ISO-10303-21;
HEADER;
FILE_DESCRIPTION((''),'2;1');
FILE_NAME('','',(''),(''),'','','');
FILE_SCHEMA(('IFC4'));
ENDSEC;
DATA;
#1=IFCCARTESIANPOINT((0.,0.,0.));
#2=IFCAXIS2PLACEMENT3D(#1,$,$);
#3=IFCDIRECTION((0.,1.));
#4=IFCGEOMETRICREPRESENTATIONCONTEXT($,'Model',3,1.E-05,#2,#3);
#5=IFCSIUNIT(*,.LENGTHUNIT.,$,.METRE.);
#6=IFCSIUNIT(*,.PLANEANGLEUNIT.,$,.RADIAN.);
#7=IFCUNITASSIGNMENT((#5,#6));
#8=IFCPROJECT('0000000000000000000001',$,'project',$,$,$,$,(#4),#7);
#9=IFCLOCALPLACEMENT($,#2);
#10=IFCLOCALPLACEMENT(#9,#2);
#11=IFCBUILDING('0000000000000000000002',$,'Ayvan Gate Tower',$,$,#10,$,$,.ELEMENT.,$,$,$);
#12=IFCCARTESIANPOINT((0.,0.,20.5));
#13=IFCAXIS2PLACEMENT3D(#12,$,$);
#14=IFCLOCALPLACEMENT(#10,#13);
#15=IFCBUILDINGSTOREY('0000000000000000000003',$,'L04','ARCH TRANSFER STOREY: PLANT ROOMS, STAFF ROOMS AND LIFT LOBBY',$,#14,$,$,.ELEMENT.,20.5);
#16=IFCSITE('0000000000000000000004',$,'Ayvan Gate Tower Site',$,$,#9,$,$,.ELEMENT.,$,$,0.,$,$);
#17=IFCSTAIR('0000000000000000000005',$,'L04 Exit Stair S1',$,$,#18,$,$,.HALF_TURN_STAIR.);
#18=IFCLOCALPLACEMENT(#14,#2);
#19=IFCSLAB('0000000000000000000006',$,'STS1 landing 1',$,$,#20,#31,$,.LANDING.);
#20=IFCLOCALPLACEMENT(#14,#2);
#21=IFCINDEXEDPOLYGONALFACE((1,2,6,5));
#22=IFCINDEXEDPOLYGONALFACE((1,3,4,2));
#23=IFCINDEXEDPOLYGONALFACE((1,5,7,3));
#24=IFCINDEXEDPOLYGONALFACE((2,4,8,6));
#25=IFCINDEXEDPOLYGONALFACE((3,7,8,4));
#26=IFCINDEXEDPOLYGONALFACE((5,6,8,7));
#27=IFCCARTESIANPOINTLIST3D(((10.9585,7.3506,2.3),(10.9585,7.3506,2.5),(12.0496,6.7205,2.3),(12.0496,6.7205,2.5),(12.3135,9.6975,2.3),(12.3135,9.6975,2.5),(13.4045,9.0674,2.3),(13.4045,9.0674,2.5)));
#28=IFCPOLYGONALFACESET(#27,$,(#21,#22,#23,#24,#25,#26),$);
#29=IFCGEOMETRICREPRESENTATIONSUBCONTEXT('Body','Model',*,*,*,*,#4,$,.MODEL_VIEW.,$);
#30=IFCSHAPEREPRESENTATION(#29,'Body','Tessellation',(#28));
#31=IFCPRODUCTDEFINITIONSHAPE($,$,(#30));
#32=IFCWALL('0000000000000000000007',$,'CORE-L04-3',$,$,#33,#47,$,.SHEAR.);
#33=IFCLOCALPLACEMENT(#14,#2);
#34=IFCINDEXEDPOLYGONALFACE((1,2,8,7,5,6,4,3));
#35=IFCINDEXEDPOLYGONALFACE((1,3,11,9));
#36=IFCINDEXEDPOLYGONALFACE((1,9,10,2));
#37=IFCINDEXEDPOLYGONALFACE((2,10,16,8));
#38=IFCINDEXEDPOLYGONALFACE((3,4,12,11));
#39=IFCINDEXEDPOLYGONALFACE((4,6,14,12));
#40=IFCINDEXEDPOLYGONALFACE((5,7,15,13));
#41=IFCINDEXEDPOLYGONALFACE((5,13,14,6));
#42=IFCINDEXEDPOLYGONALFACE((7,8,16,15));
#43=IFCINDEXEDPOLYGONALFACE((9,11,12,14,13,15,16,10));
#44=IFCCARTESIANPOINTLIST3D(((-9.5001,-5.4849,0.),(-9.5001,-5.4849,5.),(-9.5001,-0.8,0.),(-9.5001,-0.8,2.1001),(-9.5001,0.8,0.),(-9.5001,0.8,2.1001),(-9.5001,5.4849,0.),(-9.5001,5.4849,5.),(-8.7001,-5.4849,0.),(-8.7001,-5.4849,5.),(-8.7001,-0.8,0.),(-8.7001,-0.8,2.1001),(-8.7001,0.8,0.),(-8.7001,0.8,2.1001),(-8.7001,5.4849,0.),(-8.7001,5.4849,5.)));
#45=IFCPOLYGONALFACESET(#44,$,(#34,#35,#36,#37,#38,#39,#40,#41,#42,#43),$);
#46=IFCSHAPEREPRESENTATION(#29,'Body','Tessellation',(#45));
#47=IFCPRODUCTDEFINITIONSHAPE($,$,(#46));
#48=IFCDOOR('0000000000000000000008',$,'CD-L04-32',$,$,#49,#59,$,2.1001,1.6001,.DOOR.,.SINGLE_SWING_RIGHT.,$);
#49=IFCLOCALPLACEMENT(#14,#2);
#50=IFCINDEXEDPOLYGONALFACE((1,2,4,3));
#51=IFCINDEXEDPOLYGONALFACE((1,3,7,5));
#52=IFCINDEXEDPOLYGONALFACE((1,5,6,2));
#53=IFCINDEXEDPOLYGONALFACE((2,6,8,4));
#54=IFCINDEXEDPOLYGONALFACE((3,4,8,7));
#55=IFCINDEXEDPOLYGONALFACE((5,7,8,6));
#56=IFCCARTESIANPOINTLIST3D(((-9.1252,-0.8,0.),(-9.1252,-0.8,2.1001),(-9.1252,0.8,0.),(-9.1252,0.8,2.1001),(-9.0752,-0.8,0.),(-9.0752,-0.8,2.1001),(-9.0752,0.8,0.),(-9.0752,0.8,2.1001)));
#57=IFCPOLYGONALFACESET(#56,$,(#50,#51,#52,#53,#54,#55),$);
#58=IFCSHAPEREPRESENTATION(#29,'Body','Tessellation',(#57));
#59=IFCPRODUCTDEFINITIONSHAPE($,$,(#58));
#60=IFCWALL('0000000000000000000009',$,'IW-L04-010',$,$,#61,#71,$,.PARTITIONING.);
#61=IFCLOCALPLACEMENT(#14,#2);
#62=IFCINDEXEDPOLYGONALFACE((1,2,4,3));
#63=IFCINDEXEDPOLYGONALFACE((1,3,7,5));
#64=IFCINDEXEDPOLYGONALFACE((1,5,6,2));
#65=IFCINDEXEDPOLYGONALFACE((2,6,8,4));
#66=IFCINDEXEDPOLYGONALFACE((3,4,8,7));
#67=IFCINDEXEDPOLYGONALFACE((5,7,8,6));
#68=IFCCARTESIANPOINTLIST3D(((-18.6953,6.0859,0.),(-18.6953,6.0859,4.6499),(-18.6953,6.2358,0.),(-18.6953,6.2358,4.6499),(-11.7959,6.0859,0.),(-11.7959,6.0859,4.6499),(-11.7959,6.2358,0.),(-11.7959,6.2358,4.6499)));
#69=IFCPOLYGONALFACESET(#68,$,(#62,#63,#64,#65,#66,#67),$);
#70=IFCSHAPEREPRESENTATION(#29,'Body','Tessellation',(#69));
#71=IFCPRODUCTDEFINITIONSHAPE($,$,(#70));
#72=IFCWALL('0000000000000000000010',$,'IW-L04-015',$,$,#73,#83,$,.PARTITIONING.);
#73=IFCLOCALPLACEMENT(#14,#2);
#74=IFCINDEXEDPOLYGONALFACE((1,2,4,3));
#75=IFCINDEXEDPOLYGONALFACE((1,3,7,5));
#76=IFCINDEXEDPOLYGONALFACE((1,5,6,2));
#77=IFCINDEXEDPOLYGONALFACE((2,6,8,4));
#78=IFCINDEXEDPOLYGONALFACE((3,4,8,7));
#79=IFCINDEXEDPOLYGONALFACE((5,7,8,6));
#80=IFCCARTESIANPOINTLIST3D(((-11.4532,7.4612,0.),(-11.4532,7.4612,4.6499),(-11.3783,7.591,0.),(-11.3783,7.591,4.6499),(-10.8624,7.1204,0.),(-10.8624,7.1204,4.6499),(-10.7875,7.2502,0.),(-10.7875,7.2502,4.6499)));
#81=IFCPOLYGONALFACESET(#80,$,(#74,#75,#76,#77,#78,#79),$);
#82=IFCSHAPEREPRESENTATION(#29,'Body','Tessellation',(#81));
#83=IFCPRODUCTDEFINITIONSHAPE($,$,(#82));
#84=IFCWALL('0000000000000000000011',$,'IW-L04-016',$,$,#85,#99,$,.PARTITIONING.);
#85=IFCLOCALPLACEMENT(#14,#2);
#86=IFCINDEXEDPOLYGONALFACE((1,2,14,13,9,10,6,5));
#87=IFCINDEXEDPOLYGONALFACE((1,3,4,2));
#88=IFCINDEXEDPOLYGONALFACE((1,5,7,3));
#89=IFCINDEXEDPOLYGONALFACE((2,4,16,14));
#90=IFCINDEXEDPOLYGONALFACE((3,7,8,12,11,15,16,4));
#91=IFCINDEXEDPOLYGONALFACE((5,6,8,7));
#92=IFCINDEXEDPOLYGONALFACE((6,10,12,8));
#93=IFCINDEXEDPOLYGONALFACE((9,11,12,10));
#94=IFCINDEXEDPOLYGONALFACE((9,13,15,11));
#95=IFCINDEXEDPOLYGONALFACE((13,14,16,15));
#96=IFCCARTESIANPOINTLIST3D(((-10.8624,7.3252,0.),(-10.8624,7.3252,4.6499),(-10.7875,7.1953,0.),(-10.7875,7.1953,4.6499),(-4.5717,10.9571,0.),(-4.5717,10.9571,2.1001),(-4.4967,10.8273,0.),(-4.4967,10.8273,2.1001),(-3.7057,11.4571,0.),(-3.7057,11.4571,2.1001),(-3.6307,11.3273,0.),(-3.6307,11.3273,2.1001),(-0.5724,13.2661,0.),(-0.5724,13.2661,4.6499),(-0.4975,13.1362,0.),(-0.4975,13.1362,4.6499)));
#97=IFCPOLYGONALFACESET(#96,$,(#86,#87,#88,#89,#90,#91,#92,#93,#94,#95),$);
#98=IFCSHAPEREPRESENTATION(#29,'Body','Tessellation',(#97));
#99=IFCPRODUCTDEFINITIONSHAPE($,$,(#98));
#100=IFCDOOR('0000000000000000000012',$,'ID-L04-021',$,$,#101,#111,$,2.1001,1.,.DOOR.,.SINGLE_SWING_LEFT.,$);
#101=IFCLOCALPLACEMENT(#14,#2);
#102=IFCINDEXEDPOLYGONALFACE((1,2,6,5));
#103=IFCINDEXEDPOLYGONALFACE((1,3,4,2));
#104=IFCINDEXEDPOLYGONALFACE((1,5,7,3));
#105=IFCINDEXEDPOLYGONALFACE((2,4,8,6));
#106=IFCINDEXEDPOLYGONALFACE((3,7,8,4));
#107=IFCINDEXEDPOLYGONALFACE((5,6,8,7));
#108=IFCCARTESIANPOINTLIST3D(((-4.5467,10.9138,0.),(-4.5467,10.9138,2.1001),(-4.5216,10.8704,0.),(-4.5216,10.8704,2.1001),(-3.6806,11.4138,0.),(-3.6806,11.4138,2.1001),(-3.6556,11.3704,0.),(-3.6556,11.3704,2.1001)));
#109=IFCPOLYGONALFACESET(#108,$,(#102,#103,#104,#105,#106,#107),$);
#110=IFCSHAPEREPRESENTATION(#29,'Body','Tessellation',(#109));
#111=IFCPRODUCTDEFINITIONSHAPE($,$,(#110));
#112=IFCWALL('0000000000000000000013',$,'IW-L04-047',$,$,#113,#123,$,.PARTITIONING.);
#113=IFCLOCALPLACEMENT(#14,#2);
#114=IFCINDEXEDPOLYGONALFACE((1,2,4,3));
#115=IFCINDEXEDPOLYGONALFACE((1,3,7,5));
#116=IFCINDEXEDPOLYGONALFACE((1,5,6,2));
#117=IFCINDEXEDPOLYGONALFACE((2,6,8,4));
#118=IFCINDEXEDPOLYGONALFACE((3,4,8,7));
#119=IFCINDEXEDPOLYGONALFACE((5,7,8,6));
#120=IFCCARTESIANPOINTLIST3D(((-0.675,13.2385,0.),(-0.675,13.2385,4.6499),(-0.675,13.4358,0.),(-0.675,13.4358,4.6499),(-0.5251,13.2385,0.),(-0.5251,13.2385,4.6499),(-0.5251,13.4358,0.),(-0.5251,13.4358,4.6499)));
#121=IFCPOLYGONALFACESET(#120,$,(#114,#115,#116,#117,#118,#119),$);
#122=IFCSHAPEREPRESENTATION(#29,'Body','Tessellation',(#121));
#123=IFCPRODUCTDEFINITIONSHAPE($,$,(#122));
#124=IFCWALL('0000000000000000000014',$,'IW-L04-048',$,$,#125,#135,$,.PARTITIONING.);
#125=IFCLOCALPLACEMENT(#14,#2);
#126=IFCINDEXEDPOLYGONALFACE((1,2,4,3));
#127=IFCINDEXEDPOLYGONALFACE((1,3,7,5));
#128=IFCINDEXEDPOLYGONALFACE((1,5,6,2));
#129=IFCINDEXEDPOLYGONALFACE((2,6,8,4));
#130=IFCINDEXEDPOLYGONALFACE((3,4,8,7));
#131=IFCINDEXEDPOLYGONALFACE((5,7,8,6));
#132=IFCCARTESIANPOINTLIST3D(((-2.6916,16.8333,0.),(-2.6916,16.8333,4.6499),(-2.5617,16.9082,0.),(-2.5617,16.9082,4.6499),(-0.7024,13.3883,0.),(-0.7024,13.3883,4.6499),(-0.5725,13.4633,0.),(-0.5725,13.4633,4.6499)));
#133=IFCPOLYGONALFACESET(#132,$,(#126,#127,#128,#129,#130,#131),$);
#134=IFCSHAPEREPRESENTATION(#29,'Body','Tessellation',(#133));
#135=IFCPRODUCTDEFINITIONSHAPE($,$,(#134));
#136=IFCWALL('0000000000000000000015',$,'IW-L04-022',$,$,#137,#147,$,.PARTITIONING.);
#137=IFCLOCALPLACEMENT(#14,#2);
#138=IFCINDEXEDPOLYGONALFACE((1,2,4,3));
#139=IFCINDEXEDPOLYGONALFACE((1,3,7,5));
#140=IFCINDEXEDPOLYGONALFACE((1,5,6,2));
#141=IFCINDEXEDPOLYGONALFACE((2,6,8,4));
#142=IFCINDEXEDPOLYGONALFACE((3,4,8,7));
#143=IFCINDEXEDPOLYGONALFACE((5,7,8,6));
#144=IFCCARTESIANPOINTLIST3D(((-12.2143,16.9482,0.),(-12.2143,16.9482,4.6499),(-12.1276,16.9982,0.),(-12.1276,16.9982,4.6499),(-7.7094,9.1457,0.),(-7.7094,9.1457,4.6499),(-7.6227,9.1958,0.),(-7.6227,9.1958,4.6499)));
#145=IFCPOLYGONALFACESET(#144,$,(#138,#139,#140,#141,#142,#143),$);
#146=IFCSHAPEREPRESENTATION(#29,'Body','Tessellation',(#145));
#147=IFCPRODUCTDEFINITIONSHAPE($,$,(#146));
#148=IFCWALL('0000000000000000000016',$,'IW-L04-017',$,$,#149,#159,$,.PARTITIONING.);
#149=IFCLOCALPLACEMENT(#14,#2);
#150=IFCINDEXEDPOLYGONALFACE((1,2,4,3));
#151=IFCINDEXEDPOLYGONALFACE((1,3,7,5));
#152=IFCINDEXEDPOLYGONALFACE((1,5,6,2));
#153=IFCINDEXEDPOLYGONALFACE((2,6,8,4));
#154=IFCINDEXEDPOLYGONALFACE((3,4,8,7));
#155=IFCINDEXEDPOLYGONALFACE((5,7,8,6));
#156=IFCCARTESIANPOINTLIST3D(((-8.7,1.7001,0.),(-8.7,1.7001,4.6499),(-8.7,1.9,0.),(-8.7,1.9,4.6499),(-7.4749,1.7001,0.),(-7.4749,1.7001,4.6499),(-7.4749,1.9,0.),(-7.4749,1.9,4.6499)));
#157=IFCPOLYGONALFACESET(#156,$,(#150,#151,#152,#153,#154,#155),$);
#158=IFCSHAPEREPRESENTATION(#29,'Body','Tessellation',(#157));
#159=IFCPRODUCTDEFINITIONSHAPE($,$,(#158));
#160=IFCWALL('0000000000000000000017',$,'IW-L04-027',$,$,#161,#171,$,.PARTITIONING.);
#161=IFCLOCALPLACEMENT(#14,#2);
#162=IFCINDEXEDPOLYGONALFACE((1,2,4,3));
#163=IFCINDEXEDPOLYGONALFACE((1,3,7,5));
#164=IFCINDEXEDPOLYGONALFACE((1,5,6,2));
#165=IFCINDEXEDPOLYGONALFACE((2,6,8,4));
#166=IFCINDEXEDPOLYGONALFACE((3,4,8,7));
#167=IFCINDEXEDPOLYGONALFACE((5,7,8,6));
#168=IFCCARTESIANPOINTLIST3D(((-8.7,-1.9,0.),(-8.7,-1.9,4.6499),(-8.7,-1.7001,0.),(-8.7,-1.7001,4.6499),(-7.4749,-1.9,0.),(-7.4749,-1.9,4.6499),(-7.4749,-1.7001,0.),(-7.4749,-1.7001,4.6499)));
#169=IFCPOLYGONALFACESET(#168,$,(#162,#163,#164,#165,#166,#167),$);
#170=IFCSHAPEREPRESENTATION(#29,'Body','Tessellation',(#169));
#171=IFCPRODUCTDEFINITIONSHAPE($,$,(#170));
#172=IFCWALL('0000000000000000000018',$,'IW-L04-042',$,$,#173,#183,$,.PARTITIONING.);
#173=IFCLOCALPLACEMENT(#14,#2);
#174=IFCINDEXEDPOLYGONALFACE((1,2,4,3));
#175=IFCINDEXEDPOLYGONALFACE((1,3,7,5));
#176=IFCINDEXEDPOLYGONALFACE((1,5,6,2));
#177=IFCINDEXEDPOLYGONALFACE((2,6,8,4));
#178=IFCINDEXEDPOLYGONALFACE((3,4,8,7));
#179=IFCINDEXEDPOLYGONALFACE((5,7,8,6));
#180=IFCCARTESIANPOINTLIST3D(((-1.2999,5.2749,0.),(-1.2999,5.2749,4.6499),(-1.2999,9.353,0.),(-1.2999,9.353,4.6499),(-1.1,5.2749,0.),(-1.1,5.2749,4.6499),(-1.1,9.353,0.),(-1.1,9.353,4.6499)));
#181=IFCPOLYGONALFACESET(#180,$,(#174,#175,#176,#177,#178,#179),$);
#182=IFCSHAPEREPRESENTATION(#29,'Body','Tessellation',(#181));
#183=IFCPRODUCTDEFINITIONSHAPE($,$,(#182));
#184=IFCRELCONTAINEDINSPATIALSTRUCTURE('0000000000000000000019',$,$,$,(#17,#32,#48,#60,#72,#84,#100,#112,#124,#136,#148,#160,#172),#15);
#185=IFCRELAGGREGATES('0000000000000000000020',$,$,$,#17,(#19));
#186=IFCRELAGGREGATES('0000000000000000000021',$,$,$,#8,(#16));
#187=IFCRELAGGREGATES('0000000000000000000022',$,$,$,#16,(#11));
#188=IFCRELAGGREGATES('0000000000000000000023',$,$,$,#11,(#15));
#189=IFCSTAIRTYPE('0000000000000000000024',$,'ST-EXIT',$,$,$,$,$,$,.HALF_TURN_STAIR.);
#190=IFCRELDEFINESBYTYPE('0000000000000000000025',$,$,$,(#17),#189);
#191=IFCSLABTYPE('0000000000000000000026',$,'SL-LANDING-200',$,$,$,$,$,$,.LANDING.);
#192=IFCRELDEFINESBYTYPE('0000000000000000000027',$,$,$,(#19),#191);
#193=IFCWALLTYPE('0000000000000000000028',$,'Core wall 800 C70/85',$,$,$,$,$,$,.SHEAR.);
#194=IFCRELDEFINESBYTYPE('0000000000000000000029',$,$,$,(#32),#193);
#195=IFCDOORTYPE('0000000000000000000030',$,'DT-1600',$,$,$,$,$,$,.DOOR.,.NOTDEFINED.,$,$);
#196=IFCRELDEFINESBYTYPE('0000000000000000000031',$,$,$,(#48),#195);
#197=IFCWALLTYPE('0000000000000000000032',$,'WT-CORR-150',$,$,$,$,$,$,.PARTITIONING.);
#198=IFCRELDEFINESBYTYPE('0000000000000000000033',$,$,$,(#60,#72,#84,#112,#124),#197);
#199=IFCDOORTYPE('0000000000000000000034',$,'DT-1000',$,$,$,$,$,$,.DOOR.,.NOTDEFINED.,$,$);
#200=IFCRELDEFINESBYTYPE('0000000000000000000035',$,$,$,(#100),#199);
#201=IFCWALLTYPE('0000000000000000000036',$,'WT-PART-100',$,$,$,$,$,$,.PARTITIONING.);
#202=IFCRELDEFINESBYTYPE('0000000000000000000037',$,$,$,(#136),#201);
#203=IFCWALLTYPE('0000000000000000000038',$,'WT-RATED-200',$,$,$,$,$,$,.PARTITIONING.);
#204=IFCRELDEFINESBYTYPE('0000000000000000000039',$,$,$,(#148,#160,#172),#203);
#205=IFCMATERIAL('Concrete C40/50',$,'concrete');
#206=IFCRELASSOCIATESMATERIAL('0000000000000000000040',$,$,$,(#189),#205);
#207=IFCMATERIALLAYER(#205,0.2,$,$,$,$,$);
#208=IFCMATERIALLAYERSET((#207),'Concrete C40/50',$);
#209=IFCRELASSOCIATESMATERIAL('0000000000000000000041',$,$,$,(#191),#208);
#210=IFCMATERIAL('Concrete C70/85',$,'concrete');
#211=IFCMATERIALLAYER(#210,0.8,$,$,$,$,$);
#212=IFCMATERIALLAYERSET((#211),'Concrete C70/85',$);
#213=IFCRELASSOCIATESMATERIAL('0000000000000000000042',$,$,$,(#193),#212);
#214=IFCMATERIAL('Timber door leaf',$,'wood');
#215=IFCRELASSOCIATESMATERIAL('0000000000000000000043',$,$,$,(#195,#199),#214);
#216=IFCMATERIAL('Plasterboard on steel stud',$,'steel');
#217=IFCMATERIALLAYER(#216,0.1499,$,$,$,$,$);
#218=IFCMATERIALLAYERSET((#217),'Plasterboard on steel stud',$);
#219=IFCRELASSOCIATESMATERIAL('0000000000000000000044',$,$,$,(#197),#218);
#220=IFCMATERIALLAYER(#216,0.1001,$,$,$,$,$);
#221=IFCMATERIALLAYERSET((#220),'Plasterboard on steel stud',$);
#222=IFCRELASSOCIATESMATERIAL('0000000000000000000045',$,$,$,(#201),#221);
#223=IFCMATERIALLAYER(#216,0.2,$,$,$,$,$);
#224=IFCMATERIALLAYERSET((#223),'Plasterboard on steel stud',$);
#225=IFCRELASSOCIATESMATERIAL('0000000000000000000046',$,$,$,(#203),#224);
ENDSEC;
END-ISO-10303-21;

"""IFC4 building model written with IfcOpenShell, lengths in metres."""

from ifc_helpers import new_model, si_unit, direction, frame, frame_2d, origin, place, context, subcontext, project, spatial, polyline, rectangle, outline, extrude, material, layer, layer_set, type_object, element, fill, aggregate, save


model = new_model("IFC4")

# Units and contexts
model_context = context("Model", 3, precision=1e-05, world=origin(), true_north=direction((0.0, 1.0)))
body_context = subcontext(model_context, "Body", "Model", "MODEL_VIEW")
ifc_project = project(units=[si_unit("LENGTHUNIT", "METRE"), si_unit("PLANEANGLEUNIT", "RADIAN")], contexts=[model_context])

# Site, building, storey
site_placement = place(None, origin())
site = spatial("IfcSite", under=ifc_project, at=site_placement, Name="Ayvan Gate Tower Site", CompositionType="ELEMENT", RefElevation=0.0)
building_placement = place(site_placement, origin())
building = spatial("IfcBuilding", under=site, at=building_placement, Name="Ayvan Gate Tower", CompositionType="ELEMENT")
storey_placement = place(building_placement, frame((0.0, 0.0, 20.5)))
storey = spatial("IfcBuildingStorey", under=building, at=storey_placement, Name="L04", Description="ARCH TRANSFER STOREY: PLANT ROOMS, STAFF ROOMS AND LIFT LOBBY", CompositionType="ELEMENT", Elevation=20.5)

# Shared definitions
ifc_material_1 = material(Name="Concrete C40/50", Category="concrete")

# Stair, slab
stair_type = type_object("IfcStairType", Name="ST-EXIT", PredefinedType="HALF_TURN_STAIR", material=ifc_material_1)
stair_placement = place(storey_placement, origin())
stair = element("IfcStair", 1, at=stair_placement, inside=storey, type_object=stair_type, Name="L04 Exit Stair S1", PredefinedType="HALF_TURN_STAIR")
ifc_layer_1 = layer(ifc_material_1, 0.2)
ifc_layer_set_1 = layer_set([ifc_layer_1], Name="Concrete C40/50")
slab_type_1 = type_object("IfcSlabType", Name="SL-LANDING-200", PredefinedType="LANDING", material=ifc_layer_set_1)
slab_1_placement = place(storey_placement, frame((0.0, 0.0, 2.3)))
slab_1 = element("IfcSlab", 2, at=slab_1_placement, type_object=slab_type_1, Name="STS1 landing 1", PredefinedType="LANDING", context=body_context, shape_type="SweptSolid", body=[
    extrude(outline(polyline([(10.9585, 7.3506), (12.0496, 6.7205), (13.4045, 9.0674), (12.3135, 9.6975), (10.9585, 7.3506)])), origin(), (0.0, 0.0, 1.0), 0.2),
])
aggregate(stair, [slab_1])

# Wall, opening, door
ifc_material_2 = material(Name="Concrete C70/85", Category="concrete")
ifc_layer_2 = layer(ifc_material_2, 0.8)
ifc_layer_set_2 = layer_set([ifc_layer_2], Name="Concrete C70/85")
wall_type_1 = type_object("IfcWallType", Name="Core wall 800 C70/85", PredefinedType="SHEAR", material=ifc_layer_set_2)
wall_1_placement = place(storey_placement, frame((-9.1001, 5.4849, 0.0), z_axis=(0.0, 0.0, 1.0), x_axis=(0.0, -1.0, 0.0)))
wall_1 = element("IfcWall", 3, at=wall_1_placement, inside=storey, type_object=wall_type_1, Name="CORE-L04-3", PredefinedType="SHEAR", context=body_context, shape_type="SweptSolid", body=[
    extrude(rectangle(XDim=10.9697, YDim=0.8, at=frame_2d((5.4849, 0.0))), origin(), (0.0, 0.0, 1.0), 5.0),
])
opening_1_placement = place(wall_1_placement, frame((4.6848, 0.0, 0.0)))
opening_1 = element("IfcOpeningElement", 4, at=opening_1_placement, cuts=wall_1, PredefinedType="OPENING", context=body_context, shape_type="SweptSolid", body=[
    extrude(rectangle(XDim=1.6001, YDim=2.1001, at=frame_2d((0.8, 1.05))), frame((0.0, 0.4099, 0.0), z_axis=(0.0, -1.0, 0.0), x_axis=(1.0, 0.0, 0.0)), (0.0, 0.0, 1.0), 0.8201),
])
ifc_material_3 = material(Name="Timber door leaf", Category="wood")
door_type_1 = type_object("IfcDoorType", Name="DT-1600", OperationType="NOTDEFINED", PredefinedType="DOOR", material=ifc_material_3)
door_1_placement = place(opening_1_placement, origin())
door_1 = element("IfcDoor", 5, at=door_1_placement, inside=storey, type_object=door_type_1, Name="CD-L04-32", OperationType="SINGLE_SWING_RIGHT", OverallHeight=2.1001, OverallWidth=1.6001, PredefinedType="DOOR", context=body_context, shape_type="SweptSolid", body=[
    extrude(rectangle(XDim=1.6001, YDim=2.1001, at=frame_2d((0.8, 1.05))), frame((0.0, 0.0249, 0.0), z_axis=(0.0, -1.0, 0.0), x_axis=(1.0, 0.0, 0.0)), (0.0, 0.0, 1.0), 0.05),
])
fill(opening_1, door_1)

# Walls
ifc_material_4 = material(Name="Plasterboard on steel stud", Category="steel")
ifc_layer_3 = layer(ifc_material_4, 0.1499)
ifc_layer_set_3 = layer_set([ifc_layer_3], Name="Plasterboard on steel stud")
wall_type_2 = type_object("IfcWallType", Name="WT-CORR-150", PredefinedType="PARTITIONING", material=ifc_layer_set_3)
wall_2_placement = place(storey_placement, frame((-11.7959, 6.1609, 0.0), z_axis=(0.0, 0.0, 1.0), x_axis=(-1.0, 0.0, 0.0)))
element("IfcWall", 6, at=wall_2_placement, inside=storey, type_object=wall_type_2, Name="IW-L04-010", PredefinedType="PARTITIONING", context=body_context, shape_type="SweptSolid", body=[
    extrude(rectangle(XDim=6.8994, YDim=0.1499, at=frame_2d((3.4497, 0.0))), origin(), (0.0, 0.0, 1.0), 4.6499),
])
wall_3_placement = place(storey_placement, frame((-11.4158, 7.5261, 0.0), z_axis=(0.0, 0.0, 1.0), x_axis=(0.866209, -0.499681, 0.0)))
element("IfcWall", 7, at=wall_3_placement, inside=storey, type_object=wall_type_2, Name="IW-L04-015", PredefinedType="PARTITIONING", context=body_context, shape_type="SweptSolid", body=[
    extrude(rectangle(XDim=0.6821, YDim=0.1499, at=frame_2d((0.3411, 0.0))), origin(), (0.0, 0.0, 1.0), 4.6499),
])

# Wall, opening, door
wall_4_placement = place(storey_placement, frame((-10.825, 7.2603, 0.0), z_axis=(0.0, 0.0, 1.0), x_axis=(0.866027, 0.499998, 0.0)))
wall_4 = element("IfcWall", 8, at=wall_4_placement, inside=storey, type_object=wall_type_2, Name="IW-L04-016", PredefinedType="PARTITIONING", context=body_context, shape_type="SweptSolid", body=[
    extrude(rectangle(XDim=11.8818, YDim=0.1499, at=frame_2d((5.9409, 0.0))), origin(), (0.0, 0.0, 1.0), 4.6499),
])
opening_2_placement = place(wall_4_placement, frame((7.2639, 0.0, 0.0)))
opening_2 = element("IfcOpeningElement", 9, at=opening_2_placement, cuts=wall_4, PredefinedType="OPENING", context=body_context, shape_type="SweptSolid", body=[
    extrude(rectangle(XDim=1.0, YDim=2.1001, at=frame_2d((0.5, 1.05))), frame((0.0, 0.085, 0.0), z_axis=(0.0, -1.0, 0.0), x_axis=(1.0, 0.0, 0.0)), (0.0, 0.0, 1.0), 0.1699),
])
door_type_2 = type_object("IfcDoorType", Name="DT-1000", OperationType="NOTDEFINED", PredefinedType="DOOR", material=ifc_material_3)
door_2_placement = place(opening_2_placement, origin())
door_2 = element("IfcDoor", 10, at=door_2_placement, inside=storey, type_object=door_type_2, Name="ID-L04-021", OperationType="SINGLE_SWING_LEFT", OverallHeight=2.1001, OverallWidth=1.0, PredefinedType="DOOR", context=body_context, shape_type="SweptSolid", body=[
    extrude(rectangle(XDim=1.0, YDim=2.1001, at=frame_2d((0.5, 1.05))), frame((0.0, 0.0249, 0.0), z_axis=(0.0, -1.0, 0.0), x_axis=(1.0, 0.0, 0.0)), (0.0, 0.0, 1.0), 0.05),
])
fill(opening_2, door_2)

# Walls
wall_5_placement = place(storey_placement, frame((-0.6001, 13.2385, 0.0), z_axis=(0.0, 0.0, 1.0), x_axis=(0.0, 1.0, 0.0)))
element("IfcWall", 11, at=wall_5_placement, inside=storey, type_object=wall_type_2, Name="IW-L04-047", PredefinedType="PARTITIONING", context=body_context, shape_type="SweptSolid", body=[
    extrude(rectangle(XDim=0.1973, YDim=0.1499, at=frame_2d((0.0986, 0.0))), origin(), (0.0, 0.0, 1.0), 4.6499),
])
wall_6_placement = place(storey_placement, frame((-0.6375, 13.4258, 0.0), z_axis=(0.0, 0.0, 1.0), x_axis=(-0.500047, 0.865999, 0.0)))
element("IfcWall", 12, at=wall_6_placement, inside=storey, type_object=wall_type_2, Name="IW-L04-048", PredefinedType="PARTITIONING", context=body_context, shape_type="SweptSolid", body=[
    extrude(rectangle(XDim=3.978, YDim=0.1499, at=frame_2d((1.989, 0.0))), origin(), (0.0, 0.0, 1.0), 4.6499),
])
ifc_layer_4 = layer(ifc_material_4, 0.1001)
ifc_layer_set_4 = layer_set([ifc_layer_4], Name="Plasterboard on steel stud")
wall_type_3 = type_object("IfcWallType", Name="WT-PART-100", PredefinedType="PARTITIONING", material=ifc_layer_set_4)
wall_7_placement = place(storey_placement, frame((-7.666, 9.1707, 0.0), z_axis=(0.0, 0.0, 1.0), x_axis=(-0.500009, 0.86602, 0.0)))
element("IfcWall", 13, at=wall_7_placement, inside=storey, type_object=wall_type_3, Name="IW-L04-022", PredefinedType="PARTITIONING", context=body_context, shape_type="SweptSolid", body=[
    extrude(rectangle(XDim=9.0095, YDim=0.1001, at=frame_2d((4.5049, 0.0))), origin(), (0.0, 0.0, 1.0), 4.6499),
])
ifc_layer_5 = layer(ifc_material_4, 0.2)
ifc_layer_set_5 = layer_set([ifc_layer_5], Name="Plasterboard on steel stud")
wall_type_4 = type_object("IfcWallType", Name="WT-RATED-200", PredefinedType="PARTITIONING", material=ifc_layer_set_5)
for number, where, z_axis, x_axis, name in (
    (14, (-8.7, 1.8, 0.0), (0.0, 0.0, 1.0), (1.0, 0.0, 0.0), "IW-L04-017"),
    (15, (-7.4749, -1.8, 0.0), (0.0, 0.0, 1.0), (-1.0, 0.0, 0.0), "IW-L04-027"),
):
    element("IfcWall", number, at=place(storey_placement, frame(where, z_axis=z_axis, x_axis=x_axis)), inside=storey, type_object=wall_type_4, Name=name, PredefinedType="PARTITIONING", context=body_context, shape_type="SweptSolid", body=[
        extrude(rectangle(XDim=1.2251, YDim=0.2, at=frame_2d((0.6125, 0.0))), origin(), (0.0, 0.0, 1.0), 4.6499),
    ])
wall_8_placement = place(storey_placement, frame((-1.2, 9.353, 0.0), z_axis=(0.0, 0.0, 1.0), x_axis=(0.0, -1.0, 0.0)))
element("IfcWall", 16, at=wall_8_placement, inside=storey, type_object=wall_type_4, Name="IW-L04-042", PredefinedType="PARTITIONING", context=body_context, shape_type="SweptSolid", body=[
    extrude(rectangle(XDim=4.0781, YDim=0.2, at=frame_2d((2.0391, 0.0))), origin(), (0.0, 0.0, 1.0), 4.6499),
])

save(model, "model.ifc")
